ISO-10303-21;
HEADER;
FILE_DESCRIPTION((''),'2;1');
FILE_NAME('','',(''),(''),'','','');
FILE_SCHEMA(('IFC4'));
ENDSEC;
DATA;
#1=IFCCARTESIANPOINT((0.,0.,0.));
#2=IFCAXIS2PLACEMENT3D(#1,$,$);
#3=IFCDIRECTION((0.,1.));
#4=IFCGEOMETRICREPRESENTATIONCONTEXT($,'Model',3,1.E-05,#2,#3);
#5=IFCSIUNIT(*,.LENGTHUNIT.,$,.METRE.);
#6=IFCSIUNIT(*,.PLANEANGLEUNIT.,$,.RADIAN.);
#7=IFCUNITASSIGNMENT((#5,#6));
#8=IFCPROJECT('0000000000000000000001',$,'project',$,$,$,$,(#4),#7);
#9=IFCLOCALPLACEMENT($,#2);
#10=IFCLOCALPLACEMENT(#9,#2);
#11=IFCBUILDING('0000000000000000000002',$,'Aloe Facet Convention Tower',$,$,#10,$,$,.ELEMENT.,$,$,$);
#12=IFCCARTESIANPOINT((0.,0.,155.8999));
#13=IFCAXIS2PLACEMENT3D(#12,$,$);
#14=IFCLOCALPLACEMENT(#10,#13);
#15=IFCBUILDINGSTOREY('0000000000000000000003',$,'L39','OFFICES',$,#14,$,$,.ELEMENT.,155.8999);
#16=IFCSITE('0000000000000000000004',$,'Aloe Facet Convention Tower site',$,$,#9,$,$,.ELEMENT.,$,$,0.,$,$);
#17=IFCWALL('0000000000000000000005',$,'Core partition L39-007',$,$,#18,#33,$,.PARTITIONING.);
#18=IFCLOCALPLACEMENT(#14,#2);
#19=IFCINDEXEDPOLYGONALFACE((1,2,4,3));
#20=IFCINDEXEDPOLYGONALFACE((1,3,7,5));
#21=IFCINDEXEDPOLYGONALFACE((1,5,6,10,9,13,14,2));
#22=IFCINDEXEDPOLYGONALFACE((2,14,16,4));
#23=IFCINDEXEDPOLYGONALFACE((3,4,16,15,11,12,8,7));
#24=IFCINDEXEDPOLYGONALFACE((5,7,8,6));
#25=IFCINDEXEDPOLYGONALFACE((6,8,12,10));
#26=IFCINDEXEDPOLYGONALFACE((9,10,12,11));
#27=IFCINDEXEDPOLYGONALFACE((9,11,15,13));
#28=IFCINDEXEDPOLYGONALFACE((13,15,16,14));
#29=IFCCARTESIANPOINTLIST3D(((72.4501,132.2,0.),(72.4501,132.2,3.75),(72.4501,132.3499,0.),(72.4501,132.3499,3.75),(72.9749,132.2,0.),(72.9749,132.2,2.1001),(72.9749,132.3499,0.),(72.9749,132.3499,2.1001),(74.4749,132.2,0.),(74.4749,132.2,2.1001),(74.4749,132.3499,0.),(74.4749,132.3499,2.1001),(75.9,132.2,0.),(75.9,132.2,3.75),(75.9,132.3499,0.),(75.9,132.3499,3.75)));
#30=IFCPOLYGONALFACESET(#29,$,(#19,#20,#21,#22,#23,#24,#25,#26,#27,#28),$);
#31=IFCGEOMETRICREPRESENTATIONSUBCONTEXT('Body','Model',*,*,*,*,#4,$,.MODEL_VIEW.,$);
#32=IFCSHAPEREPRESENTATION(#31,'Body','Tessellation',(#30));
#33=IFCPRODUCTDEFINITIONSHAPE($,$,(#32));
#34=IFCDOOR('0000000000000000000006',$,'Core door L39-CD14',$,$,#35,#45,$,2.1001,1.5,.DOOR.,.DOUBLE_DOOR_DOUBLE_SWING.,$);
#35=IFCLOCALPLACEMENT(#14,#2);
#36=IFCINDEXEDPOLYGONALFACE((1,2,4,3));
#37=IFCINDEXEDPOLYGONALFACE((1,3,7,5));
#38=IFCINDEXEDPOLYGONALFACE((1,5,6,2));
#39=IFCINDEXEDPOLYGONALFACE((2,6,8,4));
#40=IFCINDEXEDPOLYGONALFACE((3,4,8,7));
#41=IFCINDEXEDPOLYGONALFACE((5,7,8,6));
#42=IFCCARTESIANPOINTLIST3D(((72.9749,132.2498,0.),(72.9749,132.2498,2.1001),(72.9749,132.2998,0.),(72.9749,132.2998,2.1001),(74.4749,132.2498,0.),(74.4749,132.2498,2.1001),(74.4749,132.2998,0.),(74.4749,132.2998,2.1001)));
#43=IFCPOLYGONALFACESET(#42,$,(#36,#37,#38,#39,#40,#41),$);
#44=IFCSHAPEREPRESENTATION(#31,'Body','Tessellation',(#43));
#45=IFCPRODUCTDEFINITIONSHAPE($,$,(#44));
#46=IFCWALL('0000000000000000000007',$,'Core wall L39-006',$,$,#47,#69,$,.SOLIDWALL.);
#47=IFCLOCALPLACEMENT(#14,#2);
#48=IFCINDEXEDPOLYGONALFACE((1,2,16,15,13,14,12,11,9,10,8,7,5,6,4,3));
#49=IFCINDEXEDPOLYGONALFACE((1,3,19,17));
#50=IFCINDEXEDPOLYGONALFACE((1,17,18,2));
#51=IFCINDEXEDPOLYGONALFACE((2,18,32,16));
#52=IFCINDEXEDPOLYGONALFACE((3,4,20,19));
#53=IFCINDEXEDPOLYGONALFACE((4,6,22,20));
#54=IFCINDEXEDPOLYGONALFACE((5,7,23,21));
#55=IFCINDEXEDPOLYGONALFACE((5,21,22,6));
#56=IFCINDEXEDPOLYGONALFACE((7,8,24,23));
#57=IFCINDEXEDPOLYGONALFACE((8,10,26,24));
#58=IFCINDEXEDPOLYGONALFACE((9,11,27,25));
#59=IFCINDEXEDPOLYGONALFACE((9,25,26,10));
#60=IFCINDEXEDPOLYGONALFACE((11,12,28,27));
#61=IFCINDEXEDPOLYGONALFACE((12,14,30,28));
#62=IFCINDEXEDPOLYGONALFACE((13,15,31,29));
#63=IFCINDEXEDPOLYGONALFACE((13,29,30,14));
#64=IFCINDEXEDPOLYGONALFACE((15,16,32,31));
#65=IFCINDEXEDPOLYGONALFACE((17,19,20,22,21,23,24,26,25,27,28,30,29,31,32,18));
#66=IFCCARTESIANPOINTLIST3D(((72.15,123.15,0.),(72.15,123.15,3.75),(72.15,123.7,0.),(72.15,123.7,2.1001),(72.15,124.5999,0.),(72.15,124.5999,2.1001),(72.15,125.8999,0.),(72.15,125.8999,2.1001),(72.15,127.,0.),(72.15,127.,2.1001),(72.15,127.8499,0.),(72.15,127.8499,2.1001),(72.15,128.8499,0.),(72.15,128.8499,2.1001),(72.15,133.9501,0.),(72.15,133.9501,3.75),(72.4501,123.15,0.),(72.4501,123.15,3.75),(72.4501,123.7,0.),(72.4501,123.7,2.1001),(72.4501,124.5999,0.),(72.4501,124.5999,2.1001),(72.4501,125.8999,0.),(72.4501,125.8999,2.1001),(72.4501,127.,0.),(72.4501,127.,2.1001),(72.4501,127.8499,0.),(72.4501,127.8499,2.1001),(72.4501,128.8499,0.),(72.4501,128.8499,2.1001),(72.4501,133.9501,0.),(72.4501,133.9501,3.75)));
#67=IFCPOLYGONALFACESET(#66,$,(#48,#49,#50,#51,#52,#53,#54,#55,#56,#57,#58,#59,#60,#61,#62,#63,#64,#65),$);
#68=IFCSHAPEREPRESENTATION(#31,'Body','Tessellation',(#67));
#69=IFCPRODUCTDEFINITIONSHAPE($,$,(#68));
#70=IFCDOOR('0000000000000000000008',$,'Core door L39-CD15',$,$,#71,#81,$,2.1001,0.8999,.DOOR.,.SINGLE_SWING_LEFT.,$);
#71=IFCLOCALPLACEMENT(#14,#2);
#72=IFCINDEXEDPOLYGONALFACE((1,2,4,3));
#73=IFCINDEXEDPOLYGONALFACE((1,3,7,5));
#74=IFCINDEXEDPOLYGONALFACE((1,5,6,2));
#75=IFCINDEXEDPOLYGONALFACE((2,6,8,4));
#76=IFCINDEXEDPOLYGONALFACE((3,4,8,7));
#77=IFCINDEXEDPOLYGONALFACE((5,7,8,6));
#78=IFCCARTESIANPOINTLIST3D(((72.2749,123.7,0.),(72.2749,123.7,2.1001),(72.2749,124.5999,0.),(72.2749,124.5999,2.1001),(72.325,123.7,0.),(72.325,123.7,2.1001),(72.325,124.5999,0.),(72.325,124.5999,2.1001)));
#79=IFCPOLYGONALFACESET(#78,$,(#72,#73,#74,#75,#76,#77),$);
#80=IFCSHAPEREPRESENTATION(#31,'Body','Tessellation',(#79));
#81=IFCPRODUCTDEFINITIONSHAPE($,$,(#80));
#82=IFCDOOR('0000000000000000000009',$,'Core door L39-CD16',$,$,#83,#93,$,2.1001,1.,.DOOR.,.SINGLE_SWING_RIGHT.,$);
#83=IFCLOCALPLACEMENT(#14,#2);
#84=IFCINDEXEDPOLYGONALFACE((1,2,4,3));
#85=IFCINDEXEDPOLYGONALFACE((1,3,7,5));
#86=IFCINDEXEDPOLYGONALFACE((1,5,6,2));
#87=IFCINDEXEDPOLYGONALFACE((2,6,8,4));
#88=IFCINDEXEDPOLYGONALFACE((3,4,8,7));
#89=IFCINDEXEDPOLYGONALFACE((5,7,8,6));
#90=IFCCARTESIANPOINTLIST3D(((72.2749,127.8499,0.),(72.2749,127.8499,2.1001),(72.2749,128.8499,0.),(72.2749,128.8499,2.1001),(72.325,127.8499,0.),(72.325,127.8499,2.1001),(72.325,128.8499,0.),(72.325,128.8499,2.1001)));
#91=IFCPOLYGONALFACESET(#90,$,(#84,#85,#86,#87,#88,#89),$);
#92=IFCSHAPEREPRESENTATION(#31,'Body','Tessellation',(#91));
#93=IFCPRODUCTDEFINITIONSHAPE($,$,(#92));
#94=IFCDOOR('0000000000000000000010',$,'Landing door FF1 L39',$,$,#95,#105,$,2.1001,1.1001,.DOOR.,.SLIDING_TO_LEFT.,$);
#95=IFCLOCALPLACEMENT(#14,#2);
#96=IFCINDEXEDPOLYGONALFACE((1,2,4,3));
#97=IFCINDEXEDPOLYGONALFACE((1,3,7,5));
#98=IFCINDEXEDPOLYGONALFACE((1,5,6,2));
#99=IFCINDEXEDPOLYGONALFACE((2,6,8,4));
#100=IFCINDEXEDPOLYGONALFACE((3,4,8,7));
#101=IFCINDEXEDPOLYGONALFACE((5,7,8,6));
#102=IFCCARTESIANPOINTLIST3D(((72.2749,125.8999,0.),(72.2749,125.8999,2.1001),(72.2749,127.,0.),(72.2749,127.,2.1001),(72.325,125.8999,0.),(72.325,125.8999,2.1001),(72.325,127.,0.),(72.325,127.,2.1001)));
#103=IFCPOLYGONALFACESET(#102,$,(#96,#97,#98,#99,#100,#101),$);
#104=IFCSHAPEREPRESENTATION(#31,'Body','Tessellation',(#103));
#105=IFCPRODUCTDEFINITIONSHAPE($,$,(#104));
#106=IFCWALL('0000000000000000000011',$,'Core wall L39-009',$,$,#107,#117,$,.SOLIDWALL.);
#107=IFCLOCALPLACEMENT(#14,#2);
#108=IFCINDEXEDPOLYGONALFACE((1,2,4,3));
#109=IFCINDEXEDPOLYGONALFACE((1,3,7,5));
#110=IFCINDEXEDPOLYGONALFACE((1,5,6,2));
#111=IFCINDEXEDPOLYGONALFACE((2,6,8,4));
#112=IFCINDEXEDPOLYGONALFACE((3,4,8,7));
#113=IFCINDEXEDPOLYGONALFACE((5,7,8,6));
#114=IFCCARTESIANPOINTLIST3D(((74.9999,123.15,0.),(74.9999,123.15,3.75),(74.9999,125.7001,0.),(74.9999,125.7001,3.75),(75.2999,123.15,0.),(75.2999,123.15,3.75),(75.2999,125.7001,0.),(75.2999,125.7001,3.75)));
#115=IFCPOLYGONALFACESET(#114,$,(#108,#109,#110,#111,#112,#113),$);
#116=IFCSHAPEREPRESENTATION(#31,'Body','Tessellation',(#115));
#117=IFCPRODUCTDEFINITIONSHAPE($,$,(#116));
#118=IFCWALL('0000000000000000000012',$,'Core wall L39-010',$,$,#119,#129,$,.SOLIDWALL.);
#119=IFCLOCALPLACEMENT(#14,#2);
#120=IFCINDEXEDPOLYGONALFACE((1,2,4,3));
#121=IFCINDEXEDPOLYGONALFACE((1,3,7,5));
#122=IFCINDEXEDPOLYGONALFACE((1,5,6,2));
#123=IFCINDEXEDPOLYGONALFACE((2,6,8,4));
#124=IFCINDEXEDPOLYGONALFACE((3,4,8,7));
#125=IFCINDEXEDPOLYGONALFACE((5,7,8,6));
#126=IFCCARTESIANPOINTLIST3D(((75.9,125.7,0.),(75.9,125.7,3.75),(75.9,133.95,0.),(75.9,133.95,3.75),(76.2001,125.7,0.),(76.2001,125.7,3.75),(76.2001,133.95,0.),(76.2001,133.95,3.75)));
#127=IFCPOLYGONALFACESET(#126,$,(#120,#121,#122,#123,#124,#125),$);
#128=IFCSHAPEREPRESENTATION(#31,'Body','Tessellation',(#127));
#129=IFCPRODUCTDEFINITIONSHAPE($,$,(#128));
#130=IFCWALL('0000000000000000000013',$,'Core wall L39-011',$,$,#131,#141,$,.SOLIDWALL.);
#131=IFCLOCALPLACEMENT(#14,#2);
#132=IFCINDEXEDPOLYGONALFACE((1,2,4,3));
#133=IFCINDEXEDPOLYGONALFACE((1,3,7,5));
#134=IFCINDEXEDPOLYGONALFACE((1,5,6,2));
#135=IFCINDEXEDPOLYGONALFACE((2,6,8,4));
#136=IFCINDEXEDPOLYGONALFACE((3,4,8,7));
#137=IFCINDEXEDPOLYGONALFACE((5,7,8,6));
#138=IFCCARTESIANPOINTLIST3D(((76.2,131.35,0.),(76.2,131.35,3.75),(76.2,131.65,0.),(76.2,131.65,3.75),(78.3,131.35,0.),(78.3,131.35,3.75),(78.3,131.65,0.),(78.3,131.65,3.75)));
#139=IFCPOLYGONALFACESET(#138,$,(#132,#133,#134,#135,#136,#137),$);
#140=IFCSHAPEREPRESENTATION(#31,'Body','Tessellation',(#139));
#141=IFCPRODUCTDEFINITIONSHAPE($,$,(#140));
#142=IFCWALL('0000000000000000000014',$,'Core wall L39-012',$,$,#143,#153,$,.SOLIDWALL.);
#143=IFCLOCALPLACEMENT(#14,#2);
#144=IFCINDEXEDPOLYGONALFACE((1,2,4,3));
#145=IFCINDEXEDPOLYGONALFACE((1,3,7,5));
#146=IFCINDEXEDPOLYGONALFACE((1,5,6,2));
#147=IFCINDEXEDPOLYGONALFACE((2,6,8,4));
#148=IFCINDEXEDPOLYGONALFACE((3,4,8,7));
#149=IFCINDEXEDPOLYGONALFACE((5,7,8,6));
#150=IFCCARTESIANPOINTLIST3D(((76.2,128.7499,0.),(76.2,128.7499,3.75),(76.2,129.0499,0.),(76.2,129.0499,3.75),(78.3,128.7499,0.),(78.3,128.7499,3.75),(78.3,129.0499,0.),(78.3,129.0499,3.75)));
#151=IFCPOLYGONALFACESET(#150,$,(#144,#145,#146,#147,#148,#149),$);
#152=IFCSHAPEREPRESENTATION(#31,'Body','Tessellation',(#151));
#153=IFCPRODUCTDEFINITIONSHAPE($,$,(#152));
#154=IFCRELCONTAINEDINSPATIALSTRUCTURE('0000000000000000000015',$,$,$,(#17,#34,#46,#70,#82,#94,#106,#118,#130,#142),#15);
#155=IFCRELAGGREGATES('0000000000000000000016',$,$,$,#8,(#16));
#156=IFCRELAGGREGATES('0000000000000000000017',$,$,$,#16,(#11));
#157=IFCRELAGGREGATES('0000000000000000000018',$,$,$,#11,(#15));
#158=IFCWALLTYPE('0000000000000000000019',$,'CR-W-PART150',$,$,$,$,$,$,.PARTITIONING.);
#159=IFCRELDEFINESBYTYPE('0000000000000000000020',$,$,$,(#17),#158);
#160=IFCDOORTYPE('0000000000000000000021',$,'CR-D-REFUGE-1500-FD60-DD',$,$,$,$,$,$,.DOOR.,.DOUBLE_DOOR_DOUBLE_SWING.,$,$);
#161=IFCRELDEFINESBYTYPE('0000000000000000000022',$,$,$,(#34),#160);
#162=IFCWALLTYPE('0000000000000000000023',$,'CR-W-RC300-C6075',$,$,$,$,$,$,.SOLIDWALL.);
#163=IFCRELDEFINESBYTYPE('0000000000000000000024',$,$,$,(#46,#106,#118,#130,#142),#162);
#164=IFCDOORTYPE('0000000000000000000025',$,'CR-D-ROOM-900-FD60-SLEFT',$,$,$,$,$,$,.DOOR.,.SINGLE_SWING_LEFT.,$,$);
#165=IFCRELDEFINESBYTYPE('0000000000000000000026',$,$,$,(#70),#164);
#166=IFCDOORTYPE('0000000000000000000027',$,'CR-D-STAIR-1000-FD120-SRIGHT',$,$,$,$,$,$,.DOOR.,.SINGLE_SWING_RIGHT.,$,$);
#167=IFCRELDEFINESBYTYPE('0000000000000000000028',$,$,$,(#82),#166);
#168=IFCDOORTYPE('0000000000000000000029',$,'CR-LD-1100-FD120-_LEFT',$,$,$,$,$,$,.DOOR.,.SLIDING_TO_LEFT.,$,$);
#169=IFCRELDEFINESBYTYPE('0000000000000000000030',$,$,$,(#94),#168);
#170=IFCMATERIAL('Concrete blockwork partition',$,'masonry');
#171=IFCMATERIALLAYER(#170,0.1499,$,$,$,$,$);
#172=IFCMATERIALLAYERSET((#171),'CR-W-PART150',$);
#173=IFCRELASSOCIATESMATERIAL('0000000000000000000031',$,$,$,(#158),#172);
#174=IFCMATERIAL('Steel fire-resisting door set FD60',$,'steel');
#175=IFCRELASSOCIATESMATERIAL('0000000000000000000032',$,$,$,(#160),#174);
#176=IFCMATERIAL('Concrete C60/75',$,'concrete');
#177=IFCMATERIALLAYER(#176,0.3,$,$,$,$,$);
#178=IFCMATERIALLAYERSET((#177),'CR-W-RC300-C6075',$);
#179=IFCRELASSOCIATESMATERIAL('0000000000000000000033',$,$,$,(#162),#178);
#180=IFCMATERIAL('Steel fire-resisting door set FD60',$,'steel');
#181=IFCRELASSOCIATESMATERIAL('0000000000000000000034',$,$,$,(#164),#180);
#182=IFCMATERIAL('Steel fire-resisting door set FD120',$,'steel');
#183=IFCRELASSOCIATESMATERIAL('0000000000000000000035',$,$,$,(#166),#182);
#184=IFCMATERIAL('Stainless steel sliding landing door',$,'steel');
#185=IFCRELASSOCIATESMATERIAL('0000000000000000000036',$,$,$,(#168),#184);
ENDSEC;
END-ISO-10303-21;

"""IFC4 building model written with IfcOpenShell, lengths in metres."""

from ifc_helpers import new_model, si_unit, direction, frame, frame_2d, origin, place, context, subcontext, project, spatial, rectangle, extrude, material, layer, layer_set, type_object, element, fill, save


model = new_model("IFC4")

# Units and contexts
model_context = context("Model", 3, precision=1e-05, world=origin(), true_north=direction((0.0, 1.0)))
body_context = subcontext(model_context, "Body", "Model", "MODEL_VIEW")
ifc_project = project(units=[si_unit("LENGTHUNIT", "METRE"), si_unit("PLANEANGLEUNIT", "RADIAN")], contexts=[model_context])

# Site, building, storey
site_placement = place(None, origin())
site = spatial("IfcSite", under=ifc_project, at=site_placement, Name="Aloe Facet Convention Tower site", CompositionType="ELEMENT", RefElevation=0.0)
building_placement = place(site_placement, origin())
building = spatial("IfcBuilding", under=site, at=building_placement, Name="Aloe Facet Convention Tower", CompositionType="ELEMENT")
storey_placement = place(building_placement, frame((0.0, 0.0, 155.8999)))
storey = spatial("IfcBuildingStorey", under=building, at=storey_placement, Name="L39", Description="OFFICES", CompositionType="ELEMENT", Elevation=155.8999)

# Wall, opening, door
ifc_material_1 = material(Name="Concrete blockwork partition", Category="masonry")
ifc_layer_1 = layer(ifc_material_1, 0.1499)
ifc_layer_set_1 = layer_set([ifc_layer_1], Name="CR-W-PART150")
wall_type_1 = type_object("IfcWallType", Name="CR-W-PART150", PredefinedType="PARTITIONING", material=ifc_layer_set_1)
wall_1_placement = place(storey_placement, frame((72.45, 132.2749, 0.0), z_axis=(0.0, 0.0, 1.0), x_axis=(1.0, 0.0, 0.0)))
wall_1 = element("IfcWall", 1, at=wall_1_placement, inside=storey, type_object=wall_type_1, Name="Core partition L39-007", PredefinedType="PARTITIONING", context=body_context, shape_type="SweptSolid", body=[
    extrude(rectangle(XDim=3.45, YDim=0.1499, at=frame_2d((1.7251, 0.0))), origin(), (0.0, 0.0, 1.0), 3.75),
])
opening_1_placement = place(wall_1_placement, frame((0.5249, 0.0, 0.0)))
opening_1 = element("IfcOpeningElement", 2, at=opening_1_placement, cuts=wall_1, PredefinedType="OPENING", context=body_context, shape_type="SweptSolid", body=[
    extrude(rectangle(XDim=1.5, YDim=2.1001, at=frame_2d((0.75, 1.05))), frame((0.0, 0.085, 0.0), z_axis=(0.0, -1.0, 0.0), x_axis=(1.0, 0.0, 0.0)), (0.0, 0.0, 1.0), 0.1699),
])
ifc_material_2 = material(Name="Steel fire-resisting door set FD60", Category="steel")
door_type_1 = type_object("IfcDoorType", Name="CR-D-REFUGE-1500-FD60-DD", OperationType="DOUBLE_DOOR_DOUBLE_SWING", PredefinedType="DOOR", material=ifc_material_2)
door_1_placement = place(opening_1_placement, origin())
door_1 = element("IfcDoor", 3, at=door_1_placement, inside=storey, type_object=door_type_1, Name="Core door L39-CD14", OperationType="DOUBLE_DOOR_DOUBLE_SWING", OverallHeight=2.1001, OverallWidth=1.5, PredefinedType="DOOR", context=body_context, shape_type="SweptSolid", body=[
    extrude(rectangle(XDim=1.5, YDim=2.1001, at=frame_2d((0.75, 1.05))), frame((0.0, 0.0249, 0.0), z_axis=(0.0, -1.0, 0.0), x_axis=(1.0, 0.0, 0.0)), (0.0, 0.0, 1.0), 0.05),
])
fill(opening_1, door_1)

# Wall, openings, doors
ifc_material_3 = material(Name="Concrete C60/75", Category="concrete")
ifc_layer_2 = layer(ifc_material_3, 0.3)
ifc_layer_set_2 = layer_set([ifc_layer_2], Name="CR-W-RC300-C6075")
wall_type_2 = type_object("IfcWallType", Name="CR-W-RC300-C6075", PredefinedType="SOLIDWALL", material=ifc_layer_set_2)
wall_2_placement = place(storey_placement, frame((72.3, 133.95, 0.0), z_axis=(0.0, 0.0, 1.0), x_axis=(0.0, -1.0, 0.0)))
wall_2 = element("IfcWall", 4, at=wall_2_placement, inside=storey, type_object=wall_type_2, Name="Core wall L39-006", PredefinedType="SOLIDWALL", context=body_context, shape_type="SweptSolid", body=[
    extrude(rectangle(XDim=10.8, YDim=0.3, at=frame_2d((5.3999, 0.0))), origin(), (0.0, 0.0, 1.0), 3.75),
])
opening_2_placement = place(wall_2_placement, frame((6.95, 0.0, 0.0)))
opening_2 = element("IfcOpeningElement", 5, at=opening_2_placement, cuts=wall_2, PredefinedType="OPENING", context=body_context, shape_type="SweptSolid", body=[
    extrude(rectangle(XDim=1.1001, YDim=2.1001, at=frame_2d((0.55, 1.05))), frame((0.0, 0.1602, 0.0), z_axis=(0.0, -1.0, 0.0), x_axis=(1.0, 0.0, 0.0)), (0.0, 0.0, 1.0), 0.3201),
])
opening_3_placement = place(wall_2_placement, frame((9.3501, 0.0, 0.0)))
opening_3 = element("IfcOpeningElement", 6, at=opening_3_placement, cuts=wall_2, PredefinedType="OPENING", context=body_context, shape_type="SweptSolid", body=[
    extrude(rectangle(XDim=0.8999, YDim=2.1001, at=frame_2d((0.45, 1.05))), frame((0.0, 0.1602, 0.0), z_axis=(0.0, -1.0, 0.0), x_axis=(1.0, 0.0, 0.0)), (0.0, 0.0, 1.0), 0.3201),
])
opening_4_placement = place(wall_2_placement, frame((5.1001, 0.0, 0.0)))
opening_4 = element("IfcOpeningElement", 7, at=opening_4_placement, cuts=wall_2, PredefinedType="OPENING", context=body_context, shape_type="SweptSolid", body=[
    extrude(rectangle(XDim=1.0, YDim=2.1001, at=frame_2d((0.5, 1.05))), frame((0.0, 0.1602, 0.0), z_axis=(0.0, -1.0, 0.0), x_axis=(1.0, 0.0, 0.0)), (0.0, 0.0, 1.0), 0.3201),
])
ifc_material_4 = material(Name="Steel fire-resisting door set FD60", Category="steel")
door_type_2 = type_object("IfcDoorType", Name="CR-D-ROOM-900-FD60-SLEFT", OperationType="SINGLE_SWING_LEFT", PredefinedType="DOOR", material=ifc_material_4)
door_2_placement = place(opening_3_placement, origin())
door_2 = element("IfcDoor", 8, at=door_2_placement, inside=storey, type_object=door_type_2, Name="Core door L39-CD15", OperationType="SINGLE_SWING_LEFT", OverallHeight=2.1001, OverallWidth=0.8999, PredefinedType="DOOR", context=body_context, shape_type="SweptSolid", body=[
    extrude(rectangle(XDim=0.8999, YDim=2.1001, at=frame_2d((0.45, 1.05))), frame((0.0, 0.0249, 0.0), z_axis=(0.0, -1.0, 0.0), x_axis=(1.0, 0.0, 0.0)), (0.0, 0.0, 1.0), 0.05),
])
fill(opening_3, door_2)
ifc_material_5 = material(Name="Steel fire-resisting door set FD120", Category="steel")
door_type_3 = type_object("IfcDoorType", Name="CR-D-STAIR-1000-FD120-SRIGHT", OperationType="SINGLE_SWING_RIGHT", PredefinedType="DOOR", material=ifc_material_5)
door_3_placement = place(opening_4_placement, origin())
door_3 = element("IfcDoor", 9, at=door_3_placement, inside=storey, type_object=door_type_3, Name="Core door L39-CD16", OperationType="SINGLE_SWING_RIGHT", OverallHeight=2.1001, OverallWidth=1.0, PredefinedType="DOOR", context=body_context, shape_type="SweptSolid", body=[
    extrude(rectangle(XDim=1.0, YDim=2.1001, at=frame_2d((0.5, 1.05))), frame((0.0, 0.0249, 0.0), z_axis=(0.0, -1.0, 0.0), x_axis=(1.0, 0.0, 0.0)), (0.0, 0.0, 1.0), 0.05),
])
fill(opening_4, door_3)
ifc_material_6 = material(Name="Stainless steel sliding landing door", Category="steel")
door_type_4 = type_object("IfcDoorType", Name="CR-LD-1100-FD120-_LEFT", OperationType="SLIDING_TO_LEFT", PredefinedType="DOOR", material=ifc_material_6)
door_4_placement = place(opening_2_placement, origin())
door_4 = element("IfcDoor", 10, at=door_4_placement, inside=storey, type_object=door_type_4, Name="Landing door FF1 L39", OperationType="SLIDING_TO_LEFT", OverallHeight=2.1001, OverallWidth=1.1001, PredefinedType="DOOR", context=body_context, shape_type="SweptSolid", body=[
    extrude(rectangle(XDim=1.1001, YDim=2.1001, at=frame_2d((0.55, 1.05))), frame((0.0, 0.0249, 0.0), z_axis=(0.0, -1.0, 0.0), x_axis=(1.0, 0.0, 0.0)), (0.0, 0.0, 1.0), 0.05),
])
fill(opening_2, door_4)

# Walls
wall_3_placement = place(storey_placement, frame((75.1499, 125.7, 0.0), z_axis=(0.0, 0.0, 1.0), x_axis=(0.0, -1.0, 0.0)))
element("IfcWall", 11, at=wall_3_placement, inside=storey, type_object=wall_type_2, Name="Core wall L39-009", PredefinedType="SOLIDWALL", context=body_context, shape_type="SweptSolid", body=[
    extrude(rectangle(XDim=2.55, YDim=0.3, at=frame_2d((1.2749, 0.0))), origin(), (0.0, 0.0, 1.0), 3.75),
])
wall_4_placement = place(storey_placement, frame((76.05, 133.95, 0.0), z_axis=(0.0, 0.0, 1.0), x_axis=(0.0, -1.0, 0.0)))
element("IfcWall", 12, at=wall_4_placement, inside=storey, type_object=wall_type_2, Name="Core wall L39-010", PredefinedType="SOLIDWALL", context=body_context, shape_type="SweptSolid", body=[
    extrude(rectangle(XDim=8.25, YDim=0.3, at=frame_2d((4.125, 0.0))), origin(), (0.0, 0.0, 1.0), 3.75),
])
for number, where, z_axis, x_axis, name in (
    (13, (76.2, 131.5, 0.0), (0.0, 0.0, 1.0), (1.0, 0.0, 0.0), "Core wall L39-011"),
    (14, (76.2, 128.8999, 0.0), (0.0, 0.0, 1.0), (1.0, 0.0, 0.0), "Core wall L39-012"),
):
    element("IfcWall", number, at=place(storey_placement, frame(where, z_axis=z_axis, x_axis=x_axis)), inside=storey, type_object=wall_type_2, Name=name, PredefinedType="SOLIDWALL", context=body_context, shape_type="SweptSolid", body=[
        extrude(rectangle(XDim=2.1001, YDim=0.3, at=frame_2d((1.05, 0.0))), origin(), (0.0, 0.0, 1.0), 3.75),
    ])

save(model, "model.ifc")
